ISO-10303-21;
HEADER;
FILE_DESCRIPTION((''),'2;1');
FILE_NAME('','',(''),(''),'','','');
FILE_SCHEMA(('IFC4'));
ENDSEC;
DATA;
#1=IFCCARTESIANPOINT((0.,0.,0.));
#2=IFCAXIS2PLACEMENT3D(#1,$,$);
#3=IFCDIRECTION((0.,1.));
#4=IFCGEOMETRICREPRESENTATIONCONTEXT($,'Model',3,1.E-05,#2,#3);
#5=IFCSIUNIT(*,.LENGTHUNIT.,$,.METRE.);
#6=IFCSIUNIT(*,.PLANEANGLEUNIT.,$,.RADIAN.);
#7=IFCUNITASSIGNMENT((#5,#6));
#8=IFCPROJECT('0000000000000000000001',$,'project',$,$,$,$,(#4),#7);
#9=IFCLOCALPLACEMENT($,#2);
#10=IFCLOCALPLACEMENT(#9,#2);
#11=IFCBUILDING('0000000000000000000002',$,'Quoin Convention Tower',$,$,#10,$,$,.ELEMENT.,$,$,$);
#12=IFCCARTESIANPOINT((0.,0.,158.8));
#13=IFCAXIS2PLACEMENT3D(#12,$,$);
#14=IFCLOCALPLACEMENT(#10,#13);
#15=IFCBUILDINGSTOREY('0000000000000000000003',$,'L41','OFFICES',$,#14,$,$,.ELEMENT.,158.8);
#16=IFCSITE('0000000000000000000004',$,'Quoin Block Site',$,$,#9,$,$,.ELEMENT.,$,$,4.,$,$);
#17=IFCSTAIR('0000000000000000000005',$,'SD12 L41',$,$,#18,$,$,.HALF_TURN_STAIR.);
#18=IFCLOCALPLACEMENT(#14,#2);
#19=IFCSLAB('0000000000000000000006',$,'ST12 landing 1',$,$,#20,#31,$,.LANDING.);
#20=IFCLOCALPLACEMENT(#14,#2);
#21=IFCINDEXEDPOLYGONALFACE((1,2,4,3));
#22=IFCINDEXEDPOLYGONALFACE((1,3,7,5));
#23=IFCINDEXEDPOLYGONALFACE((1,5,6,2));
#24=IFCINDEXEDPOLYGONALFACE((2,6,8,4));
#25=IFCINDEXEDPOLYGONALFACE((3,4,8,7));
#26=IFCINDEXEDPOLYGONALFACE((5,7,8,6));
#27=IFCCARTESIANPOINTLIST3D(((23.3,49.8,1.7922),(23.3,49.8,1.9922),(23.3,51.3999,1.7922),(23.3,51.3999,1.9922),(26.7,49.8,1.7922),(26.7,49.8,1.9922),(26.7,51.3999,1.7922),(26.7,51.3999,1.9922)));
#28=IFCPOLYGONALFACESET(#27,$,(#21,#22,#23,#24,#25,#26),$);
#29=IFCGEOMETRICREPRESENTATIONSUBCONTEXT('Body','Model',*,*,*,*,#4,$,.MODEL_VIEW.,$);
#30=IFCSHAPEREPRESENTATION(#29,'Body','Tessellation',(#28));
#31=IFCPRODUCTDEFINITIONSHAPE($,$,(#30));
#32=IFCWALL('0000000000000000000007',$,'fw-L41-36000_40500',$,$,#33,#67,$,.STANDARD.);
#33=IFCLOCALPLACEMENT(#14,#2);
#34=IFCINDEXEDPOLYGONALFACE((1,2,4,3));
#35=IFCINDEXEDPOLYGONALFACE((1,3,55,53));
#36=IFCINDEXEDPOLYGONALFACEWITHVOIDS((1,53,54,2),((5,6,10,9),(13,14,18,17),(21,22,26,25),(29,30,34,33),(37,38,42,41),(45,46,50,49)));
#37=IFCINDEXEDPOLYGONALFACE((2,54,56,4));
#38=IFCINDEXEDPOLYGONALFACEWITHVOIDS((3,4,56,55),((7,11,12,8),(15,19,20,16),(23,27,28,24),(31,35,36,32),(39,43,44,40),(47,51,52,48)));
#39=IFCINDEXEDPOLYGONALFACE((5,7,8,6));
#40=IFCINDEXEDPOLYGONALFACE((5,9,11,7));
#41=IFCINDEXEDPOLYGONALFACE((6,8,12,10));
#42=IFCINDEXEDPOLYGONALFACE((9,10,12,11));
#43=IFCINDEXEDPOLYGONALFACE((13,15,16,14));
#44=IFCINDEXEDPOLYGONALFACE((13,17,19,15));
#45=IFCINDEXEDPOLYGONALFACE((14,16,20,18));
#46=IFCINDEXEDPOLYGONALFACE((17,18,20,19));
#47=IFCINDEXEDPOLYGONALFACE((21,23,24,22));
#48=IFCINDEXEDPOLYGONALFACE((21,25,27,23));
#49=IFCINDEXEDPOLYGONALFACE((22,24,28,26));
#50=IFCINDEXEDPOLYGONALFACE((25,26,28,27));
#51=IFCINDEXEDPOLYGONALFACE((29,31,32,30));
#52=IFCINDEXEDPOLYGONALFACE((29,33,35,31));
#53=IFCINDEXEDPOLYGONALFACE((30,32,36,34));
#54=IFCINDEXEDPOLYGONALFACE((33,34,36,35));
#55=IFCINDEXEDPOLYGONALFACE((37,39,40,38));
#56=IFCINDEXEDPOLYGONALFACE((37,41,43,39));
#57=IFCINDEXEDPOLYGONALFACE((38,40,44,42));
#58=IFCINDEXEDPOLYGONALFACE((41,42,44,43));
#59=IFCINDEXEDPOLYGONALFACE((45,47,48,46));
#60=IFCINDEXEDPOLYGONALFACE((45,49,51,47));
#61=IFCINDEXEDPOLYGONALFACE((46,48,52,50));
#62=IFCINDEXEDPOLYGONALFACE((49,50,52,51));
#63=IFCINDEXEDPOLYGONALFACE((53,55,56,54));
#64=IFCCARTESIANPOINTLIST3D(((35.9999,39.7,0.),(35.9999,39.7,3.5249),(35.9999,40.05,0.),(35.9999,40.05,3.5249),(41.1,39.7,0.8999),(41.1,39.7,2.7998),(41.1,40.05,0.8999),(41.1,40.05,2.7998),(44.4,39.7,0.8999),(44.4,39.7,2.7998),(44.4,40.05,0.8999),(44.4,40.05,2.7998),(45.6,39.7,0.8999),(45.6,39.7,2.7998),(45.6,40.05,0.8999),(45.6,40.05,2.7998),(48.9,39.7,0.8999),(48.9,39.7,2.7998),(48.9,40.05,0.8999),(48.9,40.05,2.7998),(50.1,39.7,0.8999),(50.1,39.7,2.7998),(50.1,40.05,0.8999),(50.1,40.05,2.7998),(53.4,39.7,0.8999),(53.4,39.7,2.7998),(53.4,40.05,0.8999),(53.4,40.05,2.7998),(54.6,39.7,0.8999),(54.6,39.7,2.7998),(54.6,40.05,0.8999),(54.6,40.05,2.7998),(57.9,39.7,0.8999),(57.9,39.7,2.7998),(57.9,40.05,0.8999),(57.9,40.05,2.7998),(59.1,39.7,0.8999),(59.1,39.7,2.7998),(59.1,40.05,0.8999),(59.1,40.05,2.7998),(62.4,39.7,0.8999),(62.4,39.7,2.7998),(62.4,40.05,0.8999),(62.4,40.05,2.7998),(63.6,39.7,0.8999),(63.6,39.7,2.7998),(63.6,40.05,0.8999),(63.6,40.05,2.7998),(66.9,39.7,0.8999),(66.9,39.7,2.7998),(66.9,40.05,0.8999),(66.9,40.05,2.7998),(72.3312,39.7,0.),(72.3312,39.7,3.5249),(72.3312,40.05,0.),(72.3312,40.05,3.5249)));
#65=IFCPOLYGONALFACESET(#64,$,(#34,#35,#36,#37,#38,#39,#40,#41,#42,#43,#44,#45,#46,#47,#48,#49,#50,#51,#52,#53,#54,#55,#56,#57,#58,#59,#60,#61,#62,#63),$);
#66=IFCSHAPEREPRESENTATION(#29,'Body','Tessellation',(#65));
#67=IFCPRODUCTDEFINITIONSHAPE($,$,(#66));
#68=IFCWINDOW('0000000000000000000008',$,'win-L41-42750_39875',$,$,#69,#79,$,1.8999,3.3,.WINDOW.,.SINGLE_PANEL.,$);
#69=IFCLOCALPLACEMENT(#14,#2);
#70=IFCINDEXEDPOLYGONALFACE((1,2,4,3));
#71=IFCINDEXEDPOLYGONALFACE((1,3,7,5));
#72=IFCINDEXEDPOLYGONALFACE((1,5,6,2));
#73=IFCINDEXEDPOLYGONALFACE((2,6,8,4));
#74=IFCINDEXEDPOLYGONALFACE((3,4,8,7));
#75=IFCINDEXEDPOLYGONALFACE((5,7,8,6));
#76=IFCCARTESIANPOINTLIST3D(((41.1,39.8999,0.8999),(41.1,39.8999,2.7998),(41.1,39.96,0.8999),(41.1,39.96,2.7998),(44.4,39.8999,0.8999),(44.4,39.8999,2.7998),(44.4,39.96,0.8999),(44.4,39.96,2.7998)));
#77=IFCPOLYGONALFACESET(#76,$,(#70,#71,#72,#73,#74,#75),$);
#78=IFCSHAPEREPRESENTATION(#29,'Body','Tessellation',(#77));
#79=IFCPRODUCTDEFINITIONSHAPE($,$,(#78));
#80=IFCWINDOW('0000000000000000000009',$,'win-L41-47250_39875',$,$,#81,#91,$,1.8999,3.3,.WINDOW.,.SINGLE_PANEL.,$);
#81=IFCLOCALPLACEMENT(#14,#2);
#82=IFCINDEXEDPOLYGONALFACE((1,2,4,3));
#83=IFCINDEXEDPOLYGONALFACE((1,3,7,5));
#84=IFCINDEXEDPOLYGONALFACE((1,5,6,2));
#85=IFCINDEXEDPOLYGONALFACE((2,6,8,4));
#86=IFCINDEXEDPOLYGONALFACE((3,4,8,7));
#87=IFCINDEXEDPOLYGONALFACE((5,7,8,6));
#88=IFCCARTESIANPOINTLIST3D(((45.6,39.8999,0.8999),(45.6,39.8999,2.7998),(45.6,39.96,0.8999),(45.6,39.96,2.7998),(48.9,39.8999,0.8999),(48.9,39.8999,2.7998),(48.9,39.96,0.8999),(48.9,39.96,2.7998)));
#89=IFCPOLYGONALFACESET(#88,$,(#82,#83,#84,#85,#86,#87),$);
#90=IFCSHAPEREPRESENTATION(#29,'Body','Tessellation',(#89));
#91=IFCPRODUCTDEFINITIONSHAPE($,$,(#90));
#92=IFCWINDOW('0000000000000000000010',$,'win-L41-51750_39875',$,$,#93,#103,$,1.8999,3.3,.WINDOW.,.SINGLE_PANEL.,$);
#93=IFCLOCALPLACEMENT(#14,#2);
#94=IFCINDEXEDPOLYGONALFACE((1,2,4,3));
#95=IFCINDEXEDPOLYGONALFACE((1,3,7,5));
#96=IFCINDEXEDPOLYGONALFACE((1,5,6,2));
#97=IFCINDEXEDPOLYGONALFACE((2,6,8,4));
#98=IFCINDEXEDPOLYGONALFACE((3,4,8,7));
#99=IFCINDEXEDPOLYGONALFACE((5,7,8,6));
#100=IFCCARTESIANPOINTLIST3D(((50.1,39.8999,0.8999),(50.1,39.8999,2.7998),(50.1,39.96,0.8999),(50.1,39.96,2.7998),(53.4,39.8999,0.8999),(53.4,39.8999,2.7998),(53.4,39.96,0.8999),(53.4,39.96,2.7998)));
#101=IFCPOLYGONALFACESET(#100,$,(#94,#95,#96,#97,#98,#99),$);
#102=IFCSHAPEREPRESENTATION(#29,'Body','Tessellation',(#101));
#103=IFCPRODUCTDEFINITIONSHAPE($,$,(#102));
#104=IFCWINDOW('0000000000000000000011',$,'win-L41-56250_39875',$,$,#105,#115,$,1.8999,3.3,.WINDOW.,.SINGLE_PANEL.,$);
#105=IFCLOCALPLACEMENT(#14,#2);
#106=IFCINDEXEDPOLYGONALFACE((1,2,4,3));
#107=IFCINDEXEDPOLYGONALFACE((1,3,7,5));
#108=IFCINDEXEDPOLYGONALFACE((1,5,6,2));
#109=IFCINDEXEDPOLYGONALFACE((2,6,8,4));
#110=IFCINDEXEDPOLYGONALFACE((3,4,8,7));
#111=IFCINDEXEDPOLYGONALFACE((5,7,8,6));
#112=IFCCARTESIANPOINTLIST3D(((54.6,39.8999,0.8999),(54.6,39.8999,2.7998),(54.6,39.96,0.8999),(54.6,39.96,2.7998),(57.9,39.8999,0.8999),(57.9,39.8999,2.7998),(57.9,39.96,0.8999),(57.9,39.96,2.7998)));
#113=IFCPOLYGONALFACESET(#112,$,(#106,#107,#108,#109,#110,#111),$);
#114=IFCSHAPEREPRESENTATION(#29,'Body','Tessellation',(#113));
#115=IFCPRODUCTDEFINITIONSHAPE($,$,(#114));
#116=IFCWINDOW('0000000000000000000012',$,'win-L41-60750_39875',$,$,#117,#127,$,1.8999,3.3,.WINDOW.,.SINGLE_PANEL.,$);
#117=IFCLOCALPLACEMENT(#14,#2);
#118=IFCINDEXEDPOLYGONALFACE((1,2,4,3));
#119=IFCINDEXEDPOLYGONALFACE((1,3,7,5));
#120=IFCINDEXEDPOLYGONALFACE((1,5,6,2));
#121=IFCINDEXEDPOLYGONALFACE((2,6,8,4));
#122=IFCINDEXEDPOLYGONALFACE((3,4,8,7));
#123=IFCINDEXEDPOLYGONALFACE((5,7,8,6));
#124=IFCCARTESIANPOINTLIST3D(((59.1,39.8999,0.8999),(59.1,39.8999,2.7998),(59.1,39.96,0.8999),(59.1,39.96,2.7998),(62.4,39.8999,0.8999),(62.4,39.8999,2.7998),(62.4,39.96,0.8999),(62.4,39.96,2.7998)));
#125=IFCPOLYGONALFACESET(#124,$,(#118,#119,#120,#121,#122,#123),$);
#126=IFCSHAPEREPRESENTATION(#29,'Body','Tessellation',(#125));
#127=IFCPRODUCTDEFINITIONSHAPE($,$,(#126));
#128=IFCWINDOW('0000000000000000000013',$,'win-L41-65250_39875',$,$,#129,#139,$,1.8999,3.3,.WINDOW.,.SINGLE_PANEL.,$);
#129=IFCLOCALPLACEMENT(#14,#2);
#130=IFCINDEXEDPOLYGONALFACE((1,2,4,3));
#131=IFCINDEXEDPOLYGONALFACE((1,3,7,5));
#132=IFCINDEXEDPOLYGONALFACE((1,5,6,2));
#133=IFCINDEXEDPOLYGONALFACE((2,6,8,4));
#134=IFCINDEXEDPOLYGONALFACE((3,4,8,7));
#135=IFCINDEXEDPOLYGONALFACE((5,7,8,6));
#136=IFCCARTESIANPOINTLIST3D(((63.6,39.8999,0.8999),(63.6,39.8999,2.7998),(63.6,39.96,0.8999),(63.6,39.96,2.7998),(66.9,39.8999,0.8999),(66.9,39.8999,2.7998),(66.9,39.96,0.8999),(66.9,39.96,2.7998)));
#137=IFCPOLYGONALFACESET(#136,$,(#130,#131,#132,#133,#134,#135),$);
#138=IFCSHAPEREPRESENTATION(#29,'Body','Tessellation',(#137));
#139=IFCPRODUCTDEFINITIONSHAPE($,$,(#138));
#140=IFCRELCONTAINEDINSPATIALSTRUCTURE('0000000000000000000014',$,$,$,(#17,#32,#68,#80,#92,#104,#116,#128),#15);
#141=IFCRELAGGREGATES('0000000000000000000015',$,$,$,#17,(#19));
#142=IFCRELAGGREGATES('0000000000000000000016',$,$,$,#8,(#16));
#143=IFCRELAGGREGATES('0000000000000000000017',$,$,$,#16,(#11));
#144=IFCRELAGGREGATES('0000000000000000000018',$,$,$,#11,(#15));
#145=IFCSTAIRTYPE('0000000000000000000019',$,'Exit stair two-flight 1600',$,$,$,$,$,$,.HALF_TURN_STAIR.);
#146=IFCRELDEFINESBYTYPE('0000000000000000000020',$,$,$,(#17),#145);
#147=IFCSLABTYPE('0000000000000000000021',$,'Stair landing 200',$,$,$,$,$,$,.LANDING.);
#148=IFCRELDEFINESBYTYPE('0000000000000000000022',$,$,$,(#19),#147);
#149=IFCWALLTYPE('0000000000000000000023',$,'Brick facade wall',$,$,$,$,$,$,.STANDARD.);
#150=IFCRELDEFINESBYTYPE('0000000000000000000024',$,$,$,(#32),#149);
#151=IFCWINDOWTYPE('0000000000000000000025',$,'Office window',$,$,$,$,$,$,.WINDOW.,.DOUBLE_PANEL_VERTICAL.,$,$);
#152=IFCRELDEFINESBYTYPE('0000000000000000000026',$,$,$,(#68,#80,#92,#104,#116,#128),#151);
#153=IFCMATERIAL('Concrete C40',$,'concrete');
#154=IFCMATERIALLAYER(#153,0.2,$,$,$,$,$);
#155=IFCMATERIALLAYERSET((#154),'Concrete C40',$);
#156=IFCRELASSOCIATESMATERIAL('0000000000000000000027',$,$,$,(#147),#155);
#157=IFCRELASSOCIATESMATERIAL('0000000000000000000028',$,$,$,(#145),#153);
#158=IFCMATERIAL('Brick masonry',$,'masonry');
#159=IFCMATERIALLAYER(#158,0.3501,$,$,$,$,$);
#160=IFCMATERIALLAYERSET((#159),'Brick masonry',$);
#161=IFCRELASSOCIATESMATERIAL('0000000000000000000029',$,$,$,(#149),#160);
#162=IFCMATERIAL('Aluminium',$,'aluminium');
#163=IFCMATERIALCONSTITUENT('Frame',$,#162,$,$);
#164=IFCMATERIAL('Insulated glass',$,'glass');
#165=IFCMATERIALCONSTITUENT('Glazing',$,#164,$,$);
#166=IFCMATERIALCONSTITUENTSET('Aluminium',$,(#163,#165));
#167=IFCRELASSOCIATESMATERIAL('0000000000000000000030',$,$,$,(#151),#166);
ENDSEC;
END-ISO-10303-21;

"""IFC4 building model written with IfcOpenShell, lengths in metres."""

from ifc_helpers import new_model, si_unit, direction, frame, frame_2d, origin, place, context, subcontext, project, spatial, polyline, rectangle, outline, extrude, material, layer, layer_set, constituent, constituent_set, type_object, element, fill, aggregate, save


model = new_model("IFC4")

# Units and contexts
model_context = context("Model", 3, precision=1e-05, world=origin(), true_north=direction((0.0, 1.0)))
body_context = subcontext(model_context, "Body", "Model", "MODEL_VIEW")
ifc_project = project(units=[si_unit("LENGTHUNIT", "METRE"), si_unit("PLANEANGLEUNIT", "RADIAN")], contexts=[model_context])

# Site, building, storey
site_placement = place(None, origin())
site = spatial("IfcSite", under=ifc_project, at=site_placement, Name="Quoin Block Site", CompositionType="ELEMENT", RefElevation=4.0)
building_placement = place(site_placement, origin())
building = spatial("IfcBuilding", under=site, at=building_placement, Name="Quoin Convention Tower", CompositionType="ELEMENT")
storey_placement = place(building_placement, frame((0.0, 0.0, 158.8)))
storey = spatial("IfcBuildingStorey", under=building, at=storey_placement, Name="L41", Description="OFFICES", CompositionType="ELEMENT", Elevation=158.8)

# Shared definitions
ifc_material_1 = material(Name="Concrete C40", Category="concrete")

# Stair, slab
ifc_layer_1 = layer(ifc_material_1, 0.2)
ifc_layer_set_1 = layer_set([ifc_layer_1], Name="Concrete C40")
slab_type_1 = type_object("IfcSlabType", Name="Stair landing 200", PredefinedType="LANDING", material=ifc_layer_set_1)
stair_type_1 = type_object("IfcStairType", Name="Exit stair two-flight 1600", PredefinedType="HALF_TURN_STAIR", material=ifc_material_1)
stair_1_placement = place(storey_placement, origin())
stair_1 = element("IfcStair", 1, at=stair_1_placement, inside=storey, type_object=stair_type_1, Name="SD12 L41", PredefinedType="HALF_TURN_STAIR")
slab_1_placement = place(storey_placement, frame((0.0, 0.0, 1.7922)))
slab_1 = element("IfcSlab", 2, at=slab_1_placement, type_object=slab_type_1, Name="ST12 landing 1", PredefinedType="LANDING", context=body_context, shape_type="SweptSolid", body=[
    extrude(outline(polyline([(26.7, 51.3999), (23.3, 51.3999), (23.3, 49.8), (26.7, 49.8), (26.7, 51.3999)])), origin(), (0.0, 0.0, 1.0), 0.2),
])
aggregate(stair_1, [slab_1])

# Wall, openings, windows
ifc_material_2 = material(Name="Brick masonry", Category="masonry")
ifc_layer_2 = layer(ifc_material_2, 0.3501)
ifc_layer_set_2 = layer_set([ifc_layer_2], Name="Brick masonry")
wall_type = type_object("IfcWallType", Name="Brick facade wall", PredefinedType="STANDARD", material=ifc_layer_set_2)
wall_1_placement = place(storey_placement, frame((36.0, 39.875, 0.0), z_axis=(0.0, 0.0, 1.0), x_axis=(1.0, 0.0, 0.0)))
wall_1 = element("IfcWall", 3, at=wall_1_placement, inside=storey, type_object=wall_type, Name="fw-L41-36000_40500", PredefinedType="STANDARD", context=body_context, shape_type="SweptSolid", body=[
    extrude(rectangle(XDim=36.3313, YDim=0.3501, at=frame_2d((18.1655, 0.0))), origin(), (0.0, 0.0, 1.0), 3.5249),
])
opening_1_placement = place(wall_1_placement, frame((5.1001, 0.0, 0.8999)))
opening_1 = element("IfcOpeningElement", 4, at=opening_1_placement, cuts=wall_1, PredefinedType="OPENING", context=body_context, shape_type="SweptSolid", body=[
    extrude(rectangle(XDim=3.3, YDim=1.8999, at=frame_2d((1.6499, 0.95))), frame((0.0, 0.1851, 0.0), z_axis=(0.0, -1.0, 0.0), x_axis=(1.0, 0.0, 0.0)), (0.0, 0.0, 1.0), 0.3701),
])
opening_2_placement = place(wall_1_placement, frame((9.6001, 0.0, 0.8999)))
opening_2 = element("IfcOpeningElement", 5, at=opening_2_placement, cuts=wall_1, PredefinedType="OPENING", context=body_context, shape_type="SweptSolid", body=[
    extrude(rectangle(XDim=3.3, YDim=1.8999, at=frame_2d((1.6499, 0.95))), frame((0.0, 0.1851, 0.0), z_axis=(0.0, -1.0, 0.0), x_axis=(1.0, 0.0, 0.0)), (0.0, 0.0, 1.0), 0.3701),
])
opening_3_placement = place(wall_1_placement, frame((14.1001, 0.0, 0.8999)))
opening_3 = element("IfcOpeningElement", 6, at=opening_3_placement, cuts=wall_1, PredefinedType="OPENING", context=body_context, shape_type="SweptSolid", body=[
    extrude(rectangle(XDim=3.3, YDim=1.8999, at=frame_2d((1.6499, 0.95))), frame((0.0, 0.1851, 0.0), z_axis=(0.0, -1.0, 0.0), x_axis=(1.0, 0.0, 0.0)), (0.0, 0.0, 1.0), 0.3701),
])
opening_4_placement = place(wall_1_placement, frame((18.6001, 0.0, 0.8999)))
opening_4 = element("IfcOpeningElement", 7, at=opening_4_placement, cuts=wall_1, PredefinedType="OPENING", context=body_context, shape_type="SweptSolid", body=[
    extrude(rectangle(XDim=3.3, YDim=1.8999, at=frame_2d((1.6499, 0.95))), frame((0.0, 0.1851, 0.0), z_axis=(0.0, -1.0, 0.0), x_axis=(1.0, 0.0, 0.0)), (0.0, 0.0, 1.0), 0.3701),
])
opening_5_placement = place(wall_1_placement, frame((23.1001, 0.0, 0.8999)))
opening_5 = element("IfcOpeningElement", 8, at=opening_5_placement, cuts=wall_1, PredefinedType="OPENING", context=body_context, shape_type="SweptSolid", body=[
    extrude(rectangle(XDim=3.3, YDim=1.8999, at=frame_2d((1.6499, 0.95))), frame((0.0, 0.1851, 0.0), z_axis=(0.0, -1.0, 0.0), x_axis=(1.0, 0.0, 0.0)), (0.0, 0.0, 1.0), 0.3701),
])
opening_6_placement = place(wall_1_placement, frame((27.6001, 0.0, 0.8999)))
opening_6 = element("IfcOpeningElement", 9, at=opening_6_placement, cuts=wall_1, PredefinedType="OPENING", context=body_context, shape_type="SweptSolid", body=[
    extrude(rectangle(XDim=3.3, YDim=1.8999, at=frame_2d((1.6499, 0.95))), frame((0.0, 0.1851, 0.0), z_axis=(0.0, -1.0, 0.0), x_axis=(1.0, 0.0, 0.0)), (0.0, 0.0, 1.0), 0.3701),
])
ifc_material_3 = material(Name="Aluminium", Category="aluminium")
ifc_constituent_1 = constituent(ifc_material_3, Name="Frame")
ifc_material_4 = material(Name="Insulated glass", Category="glass")
ifc_constituent_2 = constituent(ifc_material_4, Name="Glazing")
ifc_constituent_set = constituent_set(constituents=[ifc_constituent_1, ifc_constituent_2], Name="Aluminium")
window_type = type_object("IfcWindowType", Name="Office window", PartitioningType="DOUBLE_PANEL_VERTICAL", PredefinedType="WINDOW", material=ifc_constituent_set)
window_1_placement = place(opening_1_placement, origin())
window_1 = element("IfcWindow", 10, at=window_1_placement, inside=storey, type_object=window_type, Name="win-L41-42750_39875", OverallHeight=1.8999, OverallWidth=3.3, PartitioningType="SINGLE_PANEL", PredefinedType="WINDOW", context=body_context, shape_type="SweptSolid", body=[
    extrude(rectangle(XDim=3.3, YDim=1.8999, at=frame_2d((1.6499, 0.95))), frame((0.0, 0.085, 0.0), z_axis=(0.0, -1.0, 0.0), x_axis=(1.0, 0.0, 0.0)), (0.0, 0.0, 1.0), 0.0601),
])
fill(opening_1, window_1)
window_2_placement = place(opening_2_placement, origin())
window_2 = element("IfcWindow", 11, at=window_2_placement, inside=storey, type_object=window_type, Name="win-L41-47250_39875", OverallHeight=1.8999, OverallWidth=3.3, PartitioningType="SINGLE_PANEL", PredefinedType="WINDOW", context=body_context, shape_type="SweptSolid", body=[
    extrude(rectangle(XDim=3.3, YDim=1.8999, at=frame_2d((1.6499, 0.95))), frame((0.0, 0.085, 0.0), z_axis=(0.0, -1.0, 0.0), x_axis=(1.0, 0.0, 0.0)), (0.0, 0.0, 1.0), 0.0601),
])
fill(opening_2, window_2)
window_3_placement = place(opening_3_placement, origin())
window_3 = element("IfcWindow", 12, at=window_3_placement, inside=storey, type_object=window_type, Name="win-L41-51750_39875", OverallHeight=1.8999, OverallWidth=3.3, PartitioningType="SINGLE_PANEL", PredefinedType="WINDOW", context=body_context, shape_type="SweptSolid", body=[
    extrude(rectangle(XDim=3.3, YDim=1.8999, at=frame_2d((1.6499, 0.95))), frame((0.0, 0.085, 0.0), z_axis=(0.0, -1.0, 0.0), x_axis=(1.0, 0.0, 0.0)), (0.0, 0.0, 1.0), 0.0601),
])
fill(opening_3, window_3)
window_4_placement = place(opening_4_placement, origin())
window_4 = element("IfcWindow", 13, at=window_4_placement, inside=storey, type_object=window_type, Name="win-L41-56250_39875", OverallHeight=1.8999, OverallWidth=3.3, PartitioningType="SINGLE_PANEL", PredefinedType="WINDOW", context=body_context, shape_type="SweptSolid", body=[
    extrude(rectangle(XDim=3.3, YDim=1.8999, at=frame_2d((1.6499, 0.95))), frame((0.0, 0.085, 0.0), z_axis=(0.0, -1.0, 0.0), x_axis=(1.0, 0.0, 0.0)), (0.0, 0.0, 1.0), 0.0601),
])
fill(opening_4, window_4)
window_5_placement = place(opening_5_placement, origin())
window_5 = element("IfcWindow", 14, at=window_5_placement, inside=storey, type_object=window_type, Name="win-L41-60750_39875", OverallHeight=1.8999, OverallWidth=3.3, PartitioningType="SINGLE_PANEL", PredefinedType="WINDOW", context=body_context, shape_type="SweptSolid", body=[
    extrude(rectangle(XDim=3.3, YDim=1.8999, at=frame_2d((1.6499, 0.95))), frame((0.0, 0.085, 0.0), z_axis=(0.0, -1.0, 0.0), x_axis=(1.0, 0.0, 0.0)), (0.0, 0.0, 1.0), 0.0601),
])
fill(opening_5, window_5)
window_6_placement = place(opening_6_placement, origin())
window_6 = element("IfcWindow", 15, at=window_6_placement, inside=storey, type_object=window_type, Name="win-L41-65250_39875", OverallHeight=1.8999, OverallWidth=3.3, PartitioningType="SINGLE_PANEL", PredefinedType="WINDOW", context=body_context, shape_type="SweptSolid", body=[
    extrude(rectangle(XDim=3.3, YDim=1.8999, at=frame_2d((1.6499, 0.95))), frame((0.0, 0.085, 0.0), z_axis=(0.0, -1.0, 0.0), x_axis=(1.0, 0.0, 0.0)), (0.0, 0.0, 1.0), 0.0601),
])
fill(opening_6, window_6)

save(model, "model.ifc")
